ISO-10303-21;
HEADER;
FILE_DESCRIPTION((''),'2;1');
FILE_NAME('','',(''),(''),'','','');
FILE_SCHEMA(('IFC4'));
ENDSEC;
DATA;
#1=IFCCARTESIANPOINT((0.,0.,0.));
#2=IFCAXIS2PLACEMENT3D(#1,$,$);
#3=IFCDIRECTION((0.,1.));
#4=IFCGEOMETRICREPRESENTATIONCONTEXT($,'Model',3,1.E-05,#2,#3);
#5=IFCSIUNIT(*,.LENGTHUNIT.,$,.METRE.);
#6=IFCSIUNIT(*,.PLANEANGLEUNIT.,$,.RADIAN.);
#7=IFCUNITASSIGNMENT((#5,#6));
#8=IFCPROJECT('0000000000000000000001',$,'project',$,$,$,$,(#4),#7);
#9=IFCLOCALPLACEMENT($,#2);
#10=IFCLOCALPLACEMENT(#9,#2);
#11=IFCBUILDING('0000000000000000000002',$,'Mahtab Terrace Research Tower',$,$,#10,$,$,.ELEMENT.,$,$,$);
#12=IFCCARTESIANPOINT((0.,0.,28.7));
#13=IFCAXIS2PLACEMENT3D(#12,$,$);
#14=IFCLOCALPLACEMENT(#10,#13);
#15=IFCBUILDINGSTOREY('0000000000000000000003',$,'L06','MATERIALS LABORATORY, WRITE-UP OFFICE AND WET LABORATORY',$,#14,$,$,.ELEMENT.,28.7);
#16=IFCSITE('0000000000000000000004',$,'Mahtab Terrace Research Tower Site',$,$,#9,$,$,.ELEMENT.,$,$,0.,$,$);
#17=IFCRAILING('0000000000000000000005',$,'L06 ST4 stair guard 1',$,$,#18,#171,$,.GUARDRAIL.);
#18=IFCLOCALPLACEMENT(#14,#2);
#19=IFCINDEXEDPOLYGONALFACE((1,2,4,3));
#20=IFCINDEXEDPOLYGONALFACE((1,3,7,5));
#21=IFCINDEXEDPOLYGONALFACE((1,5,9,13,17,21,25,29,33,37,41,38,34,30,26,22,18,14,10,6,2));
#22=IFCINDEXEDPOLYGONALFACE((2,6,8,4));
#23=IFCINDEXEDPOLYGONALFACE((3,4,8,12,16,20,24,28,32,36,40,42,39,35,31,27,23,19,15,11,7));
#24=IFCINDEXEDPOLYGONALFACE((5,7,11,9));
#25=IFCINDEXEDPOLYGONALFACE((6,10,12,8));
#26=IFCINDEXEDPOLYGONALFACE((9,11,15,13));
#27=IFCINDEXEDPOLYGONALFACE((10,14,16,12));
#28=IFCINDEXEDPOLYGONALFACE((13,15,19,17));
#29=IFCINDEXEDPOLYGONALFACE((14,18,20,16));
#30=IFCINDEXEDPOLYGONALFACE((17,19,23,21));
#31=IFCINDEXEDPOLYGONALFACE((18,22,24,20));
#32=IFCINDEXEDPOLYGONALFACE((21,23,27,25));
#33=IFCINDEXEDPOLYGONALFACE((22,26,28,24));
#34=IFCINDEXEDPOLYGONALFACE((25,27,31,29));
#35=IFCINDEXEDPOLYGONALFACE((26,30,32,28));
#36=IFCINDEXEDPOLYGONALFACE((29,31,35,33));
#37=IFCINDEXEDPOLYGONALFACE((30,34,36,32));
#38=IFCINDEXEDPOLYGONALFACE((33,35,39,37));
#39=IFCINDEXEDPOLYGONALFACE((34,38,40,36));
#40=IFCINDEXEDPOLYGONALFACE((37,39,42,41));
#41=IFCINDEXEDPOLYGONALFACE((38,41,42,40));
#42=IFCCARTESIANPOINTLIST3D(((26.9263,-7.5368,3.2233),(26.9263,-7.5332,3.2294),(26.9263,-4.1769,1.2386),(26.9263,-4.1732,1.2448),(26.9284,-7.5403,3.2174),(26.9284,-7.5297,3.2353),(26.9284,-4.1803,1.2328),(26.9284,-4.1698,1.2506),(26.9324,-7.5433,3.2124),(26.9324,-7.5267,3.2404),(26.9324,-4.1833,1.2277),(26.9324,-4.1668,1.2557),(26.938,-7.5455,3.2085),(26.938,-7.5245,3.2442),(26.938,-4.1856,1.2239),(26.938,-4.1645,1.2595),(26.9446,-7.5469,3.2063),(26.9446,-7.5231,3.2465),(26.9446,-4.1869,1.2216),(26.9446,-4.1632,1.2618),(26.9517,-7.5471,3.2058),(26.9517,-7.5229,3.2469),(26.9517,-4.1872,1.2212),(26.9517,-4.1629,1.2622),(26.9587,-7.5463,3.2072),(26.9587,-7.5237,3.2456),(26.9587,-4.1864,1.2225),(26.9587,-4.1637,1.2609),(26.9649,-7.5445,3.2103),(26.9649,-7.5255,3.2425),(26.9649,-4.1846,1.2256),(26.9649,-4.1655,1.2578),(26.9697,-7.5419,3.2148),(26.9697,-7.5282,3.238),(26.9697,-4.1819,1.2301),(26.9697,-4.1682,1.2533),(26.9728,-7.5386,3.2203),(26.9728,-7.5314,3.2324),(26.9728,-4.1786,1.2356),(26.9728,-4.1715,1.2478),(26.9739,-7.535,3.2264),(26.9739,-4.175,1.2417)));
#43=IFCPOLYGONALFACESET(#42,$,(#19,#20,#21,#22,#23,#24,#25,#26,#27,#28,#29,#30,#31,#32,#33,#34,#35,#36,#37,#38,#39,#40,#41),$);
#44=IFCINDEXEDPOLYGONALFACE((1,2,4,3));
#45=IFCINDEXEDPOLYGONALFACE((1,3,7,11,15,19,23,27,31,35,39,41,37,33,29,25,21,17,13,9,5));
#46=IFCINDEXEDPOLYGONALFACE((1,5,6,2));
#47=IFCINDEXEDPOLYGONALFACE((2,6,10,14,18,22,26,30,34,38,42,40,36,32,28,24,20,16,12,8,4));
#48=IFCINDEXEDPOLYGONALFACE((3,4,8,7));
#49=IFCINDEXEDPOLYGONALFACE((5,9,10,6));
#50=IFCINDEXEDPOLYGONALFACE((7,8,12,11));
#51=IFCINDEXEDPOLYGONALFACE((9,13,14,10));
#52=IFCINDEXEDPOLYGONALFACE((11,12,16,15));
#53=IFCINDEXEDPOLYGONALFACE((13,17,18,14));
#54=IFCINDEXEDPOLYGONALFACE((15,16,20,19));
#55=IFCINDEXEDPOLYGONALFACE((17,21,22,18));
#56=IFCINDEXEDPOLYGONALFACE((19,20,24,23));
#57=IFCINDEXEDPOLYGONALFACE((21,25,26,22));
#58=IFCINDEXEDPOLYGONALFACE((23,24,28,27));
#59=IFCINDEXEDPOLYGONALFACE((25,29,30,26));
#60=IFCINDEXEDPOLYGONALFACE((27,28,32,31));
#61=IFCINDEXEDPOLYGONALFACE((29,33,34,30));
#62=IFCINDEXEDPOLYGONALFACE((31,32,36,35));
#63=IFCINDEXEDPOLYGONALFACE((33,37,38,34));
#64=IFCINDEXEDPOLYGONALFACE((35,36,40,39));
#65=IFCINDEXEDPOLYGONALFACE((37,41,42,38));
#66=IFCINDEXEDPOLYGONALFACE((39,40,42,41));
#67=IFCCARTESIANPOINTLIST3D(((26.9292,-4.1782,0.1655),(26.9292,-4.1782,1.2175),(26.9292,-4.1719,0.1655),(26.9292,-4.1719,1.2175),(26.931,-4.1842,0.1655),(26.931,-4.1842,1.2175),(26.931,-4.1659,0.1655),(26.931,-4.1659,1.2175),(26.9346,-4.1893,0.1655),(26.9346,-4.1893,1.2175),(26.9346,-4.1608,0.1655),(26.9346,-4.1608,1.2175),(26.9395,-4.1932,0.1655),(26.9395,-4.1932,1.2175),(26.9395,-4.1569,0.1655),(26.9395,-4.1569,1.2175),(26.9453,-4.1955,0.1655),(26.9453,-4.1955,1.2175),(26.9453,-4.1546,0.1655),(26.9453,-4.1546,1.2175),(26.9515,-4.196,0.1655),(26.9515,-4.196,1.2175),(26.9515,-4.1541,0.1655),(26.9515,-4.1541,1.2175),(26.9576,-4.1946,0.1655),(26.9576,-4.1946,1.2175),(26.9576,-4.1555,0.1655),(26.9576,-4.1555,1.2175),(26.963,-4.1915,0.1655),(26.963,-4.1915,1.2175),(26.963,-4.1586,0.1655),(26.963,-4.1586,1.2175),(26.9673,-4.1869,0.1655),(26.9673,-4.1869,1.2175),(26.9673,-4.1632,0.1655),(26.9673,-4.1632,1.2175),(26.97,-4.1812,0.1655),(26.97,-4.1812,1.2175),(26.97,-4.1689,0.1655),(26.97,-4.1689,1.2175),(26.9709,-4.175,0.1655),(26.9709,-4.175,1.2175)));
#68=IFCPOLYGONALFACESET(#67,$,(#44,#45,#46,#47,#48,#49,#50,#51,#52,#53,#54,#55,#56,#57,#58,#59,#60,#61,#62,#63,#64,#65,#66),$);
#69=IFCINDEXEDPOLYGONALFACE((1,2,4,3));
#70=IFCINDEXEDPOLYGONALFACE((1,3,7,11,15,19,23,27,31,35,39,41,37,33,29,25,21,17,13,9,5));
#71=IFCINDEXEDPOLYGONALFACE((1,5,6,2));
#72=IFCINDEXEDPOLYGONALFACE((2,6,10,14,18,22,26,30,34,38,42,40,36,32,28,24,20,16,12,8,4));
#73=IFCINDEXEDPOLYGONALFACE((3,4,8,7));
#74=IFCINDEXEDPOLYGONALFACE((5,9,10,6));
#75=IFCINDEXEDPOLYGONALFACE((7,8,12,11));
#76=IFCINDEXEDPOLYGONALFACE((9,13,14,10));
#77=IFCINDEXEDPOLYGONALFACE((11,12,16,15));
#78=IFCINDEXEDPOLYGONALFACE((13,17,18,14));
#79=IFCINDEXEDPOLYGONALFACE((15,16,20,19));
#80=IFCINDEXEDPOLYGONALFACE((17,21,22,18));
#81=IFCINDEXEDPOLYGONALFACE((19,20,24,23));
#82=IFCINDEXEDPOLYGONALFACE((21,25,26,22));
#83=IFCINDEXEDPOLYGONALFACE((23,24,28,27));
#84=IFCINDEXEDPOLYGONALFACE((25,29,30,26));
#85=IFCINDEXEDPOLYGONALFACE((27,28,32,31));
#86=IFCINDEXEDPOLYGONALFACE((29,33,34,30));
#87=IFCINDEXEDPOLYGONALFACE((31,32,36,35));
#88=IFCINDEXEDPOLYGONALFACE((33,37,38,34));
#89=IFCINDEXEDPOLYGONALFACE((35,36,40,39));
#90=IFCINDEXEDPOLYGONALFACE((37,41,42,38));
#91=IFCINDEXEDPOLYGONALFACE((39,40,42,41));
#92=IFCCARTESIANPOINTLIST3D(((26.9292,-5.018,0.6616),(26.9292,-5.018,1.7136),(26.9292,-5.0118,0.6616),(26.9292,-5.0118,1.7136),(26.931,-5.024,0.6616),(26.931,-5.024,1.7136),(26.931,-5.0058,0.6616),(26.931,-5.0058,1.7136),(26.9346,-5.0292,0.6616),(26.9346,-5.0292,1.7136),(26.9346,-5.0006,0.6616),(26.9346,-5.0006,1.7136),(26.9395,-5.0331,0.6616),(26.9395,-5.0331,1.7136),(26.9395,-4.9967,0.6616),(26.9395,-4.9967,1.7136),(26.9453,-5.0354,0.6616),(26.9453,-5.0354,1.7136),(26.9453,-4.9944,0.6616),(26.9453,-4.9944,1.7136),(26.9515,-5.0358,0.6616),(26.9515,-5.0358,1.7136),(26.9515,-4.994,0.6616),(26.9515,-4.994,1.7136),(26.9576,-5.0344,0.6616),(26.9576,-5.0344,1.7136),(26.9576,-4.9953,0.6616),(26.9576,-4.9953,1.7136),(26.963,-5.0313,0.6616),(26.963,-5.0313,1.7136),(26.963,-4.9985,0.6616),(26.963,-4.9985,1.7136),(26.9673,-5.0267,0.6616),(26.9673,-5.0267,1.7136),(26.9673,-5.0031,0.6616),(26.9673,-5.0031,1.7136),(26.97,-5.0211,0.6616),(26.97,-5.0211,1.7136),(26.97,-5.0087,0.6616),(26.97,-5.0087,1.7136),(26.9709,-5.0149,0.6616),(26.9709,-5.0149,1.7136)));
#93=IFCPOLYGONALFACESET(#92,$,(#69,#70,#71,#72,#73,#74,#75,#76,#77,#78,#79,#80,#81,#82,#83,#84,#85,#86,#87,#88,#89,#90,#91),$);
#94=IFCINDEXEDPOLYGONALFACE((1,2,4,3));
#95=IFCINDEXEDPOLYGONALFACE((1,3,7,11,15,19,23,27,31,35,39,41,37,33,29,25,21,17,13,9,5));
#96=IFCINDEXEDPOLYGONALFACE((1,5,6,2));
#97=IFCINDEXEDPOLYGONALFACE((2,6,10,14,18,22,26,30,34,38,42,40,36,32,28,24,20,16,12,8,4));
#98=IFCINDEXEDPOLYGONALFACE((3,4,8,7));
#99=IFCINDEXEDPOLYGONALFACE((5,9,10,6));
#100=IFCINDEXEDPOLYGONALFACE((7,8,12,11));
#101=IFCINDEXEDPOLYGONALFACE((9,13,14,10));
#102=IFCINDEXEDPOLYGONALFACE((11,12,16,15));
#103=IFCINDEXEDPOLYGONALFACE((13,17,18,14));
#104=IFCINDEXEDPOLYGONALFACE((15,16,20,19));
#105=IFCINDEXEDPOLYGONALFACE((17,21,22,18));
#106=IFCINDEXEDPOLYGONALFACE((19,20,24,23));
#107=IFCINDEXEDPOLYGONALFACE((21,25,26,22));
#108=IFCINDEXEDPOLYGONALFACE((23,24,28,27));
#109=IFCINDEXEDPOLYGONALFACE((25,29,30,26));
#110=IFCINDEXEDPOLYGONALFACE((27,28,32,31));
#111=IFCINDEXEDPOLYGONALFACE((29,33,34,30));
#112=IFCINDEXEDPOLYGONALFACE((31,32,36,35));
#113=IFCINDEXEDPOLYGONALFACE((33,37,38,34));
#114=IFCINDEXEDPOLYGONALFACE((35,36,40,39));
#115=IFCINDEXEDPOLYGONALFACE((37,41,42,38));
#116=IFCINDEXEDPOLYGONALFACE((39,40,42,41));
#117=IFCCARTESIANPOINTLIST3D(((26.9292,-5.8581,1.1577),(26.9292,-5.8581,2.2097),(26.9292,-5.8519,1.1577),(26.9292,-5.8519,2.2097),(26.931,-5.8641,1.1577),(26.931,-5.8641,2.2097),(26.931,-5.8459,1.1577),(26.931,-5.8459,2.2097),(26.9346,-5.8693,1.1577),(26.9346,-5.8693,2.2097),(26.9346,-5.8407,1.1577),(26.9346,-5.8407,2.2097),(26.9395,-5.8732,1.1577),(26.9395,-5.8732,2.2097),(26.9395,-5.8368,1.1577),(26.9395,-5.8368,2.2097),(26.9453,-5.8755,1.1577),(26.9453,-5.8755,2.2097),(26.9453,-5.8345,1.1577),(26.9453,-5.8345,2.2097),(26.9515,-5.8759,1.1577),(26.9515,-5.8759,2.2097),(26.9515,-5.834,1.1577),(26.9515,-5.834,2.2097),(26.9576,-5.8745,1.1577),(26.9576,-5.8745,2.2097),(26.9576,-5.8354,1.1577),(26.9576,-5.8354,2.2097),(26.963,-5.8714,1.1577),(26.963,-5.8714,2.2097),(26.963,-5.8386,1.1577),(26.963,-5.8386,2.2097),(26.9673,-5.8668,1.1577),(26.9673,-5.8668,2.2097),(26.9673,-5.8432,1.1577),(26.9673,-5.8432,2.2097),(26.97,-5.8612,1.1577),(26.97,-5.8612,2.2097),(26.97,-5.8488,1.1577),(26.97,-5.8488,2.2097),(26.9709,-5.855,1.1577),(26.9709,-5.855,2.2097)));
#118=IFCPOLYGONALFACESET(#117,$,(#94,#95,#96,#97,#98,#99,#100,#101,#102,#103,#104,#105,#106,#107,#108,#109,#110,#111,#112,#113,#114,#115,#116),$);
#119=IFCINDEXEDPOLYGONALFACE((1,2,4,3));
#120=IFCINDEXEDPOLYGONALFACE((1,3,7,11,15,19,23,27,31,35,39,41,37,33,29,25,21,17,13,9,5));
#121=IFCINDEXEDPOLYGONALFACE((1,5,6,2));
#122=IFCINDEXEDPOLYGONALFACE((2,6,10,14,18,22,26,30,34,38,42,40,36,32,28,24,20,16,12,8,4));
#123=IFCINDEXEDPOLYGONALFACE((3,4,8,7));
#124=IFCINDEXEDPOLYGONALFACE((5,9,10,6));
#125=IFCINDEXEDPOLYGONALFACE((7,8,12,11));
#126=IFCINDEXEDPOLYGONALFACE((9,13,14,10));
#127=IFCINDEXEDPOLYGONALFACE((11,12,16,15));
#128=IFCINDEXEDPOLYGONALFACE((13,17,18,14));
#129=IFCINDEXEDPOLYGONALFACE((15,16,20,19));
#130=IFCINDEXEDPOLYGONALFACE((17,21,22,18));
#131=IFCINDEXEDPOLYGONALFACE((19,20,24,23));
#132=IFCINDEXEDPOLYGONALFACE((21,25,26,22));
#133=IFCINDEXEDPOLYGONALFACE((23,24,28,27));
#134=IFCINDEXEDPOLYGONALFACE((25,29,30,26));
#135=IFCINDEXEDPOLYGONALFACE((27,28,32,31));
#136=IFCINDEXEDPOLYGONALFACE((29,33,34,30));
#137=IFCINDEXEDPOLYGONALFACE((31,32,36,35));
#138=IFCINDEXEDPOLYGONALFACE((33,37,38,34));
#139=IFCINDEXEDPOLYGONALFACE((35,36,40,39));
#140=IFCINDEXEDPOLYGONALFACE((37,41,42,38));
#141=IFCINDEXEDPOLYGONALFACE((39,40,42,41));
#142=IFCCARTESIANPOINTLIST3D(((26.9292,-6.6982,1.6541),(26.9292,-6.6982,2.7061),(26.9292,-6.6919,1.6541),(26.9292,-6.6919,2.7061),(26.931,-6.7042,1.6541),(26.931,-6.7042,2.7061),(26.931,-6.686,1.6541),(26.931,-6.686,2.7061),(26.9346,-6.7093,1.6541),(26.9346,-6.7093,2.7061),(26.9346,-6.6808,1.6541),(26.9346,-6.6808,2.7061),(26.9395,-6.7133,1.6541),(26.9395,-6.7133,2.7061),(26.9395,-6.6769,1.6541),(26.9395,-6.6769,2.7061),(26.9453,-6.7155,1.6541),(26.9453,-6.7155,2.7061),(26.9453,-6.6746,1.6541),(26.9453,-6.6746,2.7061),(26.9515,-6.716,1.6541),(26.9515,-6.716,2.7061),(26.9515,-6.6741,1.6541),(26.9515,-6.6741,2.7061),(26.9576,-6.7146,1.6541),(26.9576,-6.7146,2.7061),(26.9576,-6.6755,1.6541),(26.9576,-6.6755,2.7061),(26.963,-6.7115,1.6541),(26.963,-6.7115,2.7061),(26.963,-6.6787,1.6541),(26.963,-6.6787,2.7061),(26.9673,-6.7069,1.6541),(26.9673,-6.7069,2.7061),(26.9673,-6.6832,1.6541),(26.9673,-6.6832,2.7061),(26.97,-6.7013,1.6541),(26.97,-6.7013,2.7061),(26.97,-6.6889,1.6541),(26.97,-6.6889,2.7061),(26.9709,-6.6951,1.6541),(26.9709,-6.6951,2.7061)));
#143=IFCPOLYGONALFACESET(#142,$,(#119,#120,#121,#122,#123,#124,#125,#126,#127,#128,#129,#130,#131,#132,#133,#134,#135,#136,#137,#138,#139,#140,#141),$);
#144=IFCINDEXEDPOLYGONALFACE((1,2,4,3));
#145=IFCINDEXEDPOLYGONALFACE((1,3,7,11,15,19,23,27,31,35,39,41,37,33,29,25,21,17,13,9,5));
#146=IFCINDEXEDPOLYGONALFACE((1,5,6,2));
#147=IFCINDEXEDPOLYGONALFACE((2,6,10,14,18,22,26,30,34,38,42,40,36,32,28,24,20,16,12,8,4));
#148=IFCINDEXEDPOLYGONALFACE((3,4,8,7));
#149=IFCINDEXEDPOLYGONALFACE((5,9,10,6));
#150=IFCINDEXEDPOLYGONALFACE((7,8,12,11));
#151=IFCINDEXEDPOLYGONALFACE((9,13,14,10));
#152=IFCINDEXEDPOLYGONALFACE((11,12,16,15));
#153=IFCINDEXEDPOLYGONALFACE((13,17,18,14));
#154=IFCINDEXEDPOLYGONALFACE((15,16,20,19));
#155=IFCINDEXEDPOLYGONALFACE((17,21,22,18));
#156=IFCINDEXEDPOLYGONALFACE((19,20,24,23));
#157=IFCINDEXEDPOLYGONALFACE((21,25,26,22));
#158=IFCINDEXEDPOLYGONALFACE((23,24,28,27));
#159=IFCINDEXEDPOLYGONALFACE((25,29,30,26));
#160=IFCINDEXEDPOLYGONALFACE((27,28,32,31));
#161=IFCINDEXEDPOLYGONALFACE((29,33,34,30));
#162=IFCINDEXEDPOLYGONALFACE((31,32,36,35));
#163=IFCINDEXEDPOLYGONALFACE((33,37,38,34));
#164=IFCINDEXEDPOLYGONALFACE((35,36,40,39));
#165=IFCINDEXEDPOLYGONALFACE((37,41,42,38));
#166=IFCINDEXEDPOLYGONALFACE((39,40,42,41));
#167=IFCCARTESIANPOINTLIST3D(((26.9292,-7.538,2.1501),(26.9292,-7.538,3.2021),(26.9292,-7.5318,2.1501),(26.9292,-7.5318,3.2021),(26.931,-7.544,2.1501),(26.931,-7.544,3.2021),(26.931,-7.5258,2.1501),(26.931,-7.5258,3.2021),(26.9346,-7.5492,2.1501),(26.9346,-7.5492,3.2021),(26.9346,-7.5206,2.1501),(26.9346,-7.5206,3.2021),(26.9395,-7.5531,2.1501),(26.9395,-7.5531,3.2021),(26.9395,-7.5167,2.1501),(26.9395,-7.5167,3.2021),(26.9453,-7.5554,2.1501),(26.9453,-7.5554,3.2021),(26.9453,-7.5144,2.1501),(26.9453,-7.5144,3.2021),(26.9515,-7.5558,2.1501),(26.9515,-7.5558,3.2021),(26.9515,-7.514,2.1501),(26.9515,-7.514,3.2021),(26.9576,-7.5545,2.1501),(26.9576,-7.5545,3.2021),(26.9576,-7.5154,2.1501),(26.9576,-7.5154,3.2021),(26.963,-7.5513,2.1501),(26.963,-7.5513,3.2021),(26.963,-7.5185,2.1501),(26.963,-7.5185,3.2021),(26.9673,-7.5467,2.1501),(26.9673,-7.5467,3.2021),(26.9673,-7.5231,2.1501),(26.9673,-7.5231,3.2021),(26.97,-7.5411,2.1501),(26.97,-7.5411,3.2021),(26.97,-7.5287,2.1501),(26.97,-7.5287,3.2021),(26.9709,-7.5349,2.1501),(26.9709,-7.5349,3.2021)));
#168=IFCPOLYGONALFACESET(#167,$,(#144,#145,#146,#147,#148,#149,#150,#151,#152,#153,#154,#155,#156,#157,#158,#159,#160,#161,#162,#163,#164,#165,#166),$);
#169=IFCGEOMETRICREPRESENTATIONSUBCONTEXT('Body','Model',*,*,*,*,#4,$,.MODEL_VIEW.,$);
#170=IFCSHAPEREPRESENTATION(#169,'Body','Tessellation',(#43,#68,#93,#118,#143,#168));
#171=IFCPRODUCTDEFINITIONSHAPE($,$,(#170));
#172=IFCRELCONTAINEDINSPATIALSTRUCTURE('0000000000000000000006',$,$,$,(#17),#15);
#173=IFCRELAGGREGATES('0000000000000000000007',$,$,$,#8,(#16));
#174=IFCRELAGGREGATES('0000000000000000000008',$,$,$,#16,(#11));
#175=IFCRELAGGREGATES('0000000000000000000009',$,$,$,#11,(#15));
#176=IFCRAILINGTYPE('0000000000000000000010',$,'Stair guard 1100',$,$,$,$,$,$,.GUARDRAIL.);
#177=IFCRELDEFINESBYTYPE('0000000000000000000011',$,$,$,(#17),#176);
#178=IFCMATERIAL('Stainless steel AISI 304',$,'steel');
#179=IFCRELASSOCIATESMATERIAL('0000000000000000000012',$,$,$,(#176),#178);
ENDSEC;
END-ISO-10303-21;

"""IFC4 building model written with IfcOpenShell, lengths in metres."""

from ifc_helpers import new_model, si_unit, direction, frame, origin, origin_2d, place, context, subcontext, project, spatial, circle, extrude, material, type_object, element, save


model = new_model("IFC4")

# Units and contexts
model_context = context("Model", 3, precision=1e-05, world=origin(), true_north=direction((0.0, 1.0)))
body_context = subcontext(model_context, "Body", "Model", "MODEL_VIEW")
ifc_project = project(units=[si_unit("LENGTHUNIT", "METRE"), si_unit("PLANEANGLEUNIT", "RADIAN")], contexts=[model_context])

# Site, building, storey
site_placement = place(None, origin())
site = spatial("IfcSite", under=ifc_project, at=site_placement, Name="Mahtab Terrace Research Tower Site", CompositionType="ELEMENT", RefElevation=0.0)
building_placement = place(site_placement, origin())
building = spatial("IfcBuilding", under=site, at=building_placement, Name="Mahtab Terrace Research Tower", CompositionType="ELEMENT")
storey_placement = place(building_placement, frame((0.0, 0.0, 28.7)))
storey = spatial("IfcBuildingStorey", under=building, at=storey_placement, Name="L06", Description="MATERIALS LABORATORY, WRITE-UP OFFICE AND WET LABORATORY", CompositionType="ELEMENT", Elevation=28.7)

# Shared definitions
ifc_material_1 = material(Name="Stainless steel AISI 304", Category="steel")

# Railing
railing_type_1 = type_object("IfcRailingType", Name="Stair guard 1100", PredefinedType="GUARDRAIL", material=ifc_material_1)
railing_1_placement = place(storey_placement, frame((26.95, -4.175, 0.1655)))
element("IfcRailing", 1, at=railing_1_placement, inside=storey, type_object=railing_type_1, Name="L06 ST4 stair guard 1", PredefinedType="GUARDRAIL", context=body_context, shape_type="SweptSolid", body=[
    extrude(circle(Radius=0.0239, at=origin_2d()), frame((0.0, 0.0, 1.0762), z_axis=(0.0, -0.861011, 0.508586), x_axis=(1.0, 0.0, 0.0)), (0.0, 0.0, 1.0), 3.9023),
    extrude(circle(Radius=0.021, at=origin_2d()), origin(), (0.0, 0.0, 1.0), 1.052),
    extrude(circle(Radius=0.021, at=origin_2d()), frame((0.0, -0.8398, 0.4961)), (0.0, 0.0, 1.0), 1.052),
    extrude(circle(Radius=0.021, at=origin_2d()), frame((0.0, -1.6799, 0.9922)), (0.0, 0.0, 1.0), 1.052),
    extrude(circle(Radius=0.021, at=origin_2d()), frame((0.0, -2.52, 1.4885)), (0.0, 0.0, 1.0), 1.052),
    extrude(circle(Radius=0.021, at=origin_2d()), frame((0.0, -3.3599, 1.9846)), (0.0, 0.0, 1.0), 1.052),
])

save(model, "model.ifc")
